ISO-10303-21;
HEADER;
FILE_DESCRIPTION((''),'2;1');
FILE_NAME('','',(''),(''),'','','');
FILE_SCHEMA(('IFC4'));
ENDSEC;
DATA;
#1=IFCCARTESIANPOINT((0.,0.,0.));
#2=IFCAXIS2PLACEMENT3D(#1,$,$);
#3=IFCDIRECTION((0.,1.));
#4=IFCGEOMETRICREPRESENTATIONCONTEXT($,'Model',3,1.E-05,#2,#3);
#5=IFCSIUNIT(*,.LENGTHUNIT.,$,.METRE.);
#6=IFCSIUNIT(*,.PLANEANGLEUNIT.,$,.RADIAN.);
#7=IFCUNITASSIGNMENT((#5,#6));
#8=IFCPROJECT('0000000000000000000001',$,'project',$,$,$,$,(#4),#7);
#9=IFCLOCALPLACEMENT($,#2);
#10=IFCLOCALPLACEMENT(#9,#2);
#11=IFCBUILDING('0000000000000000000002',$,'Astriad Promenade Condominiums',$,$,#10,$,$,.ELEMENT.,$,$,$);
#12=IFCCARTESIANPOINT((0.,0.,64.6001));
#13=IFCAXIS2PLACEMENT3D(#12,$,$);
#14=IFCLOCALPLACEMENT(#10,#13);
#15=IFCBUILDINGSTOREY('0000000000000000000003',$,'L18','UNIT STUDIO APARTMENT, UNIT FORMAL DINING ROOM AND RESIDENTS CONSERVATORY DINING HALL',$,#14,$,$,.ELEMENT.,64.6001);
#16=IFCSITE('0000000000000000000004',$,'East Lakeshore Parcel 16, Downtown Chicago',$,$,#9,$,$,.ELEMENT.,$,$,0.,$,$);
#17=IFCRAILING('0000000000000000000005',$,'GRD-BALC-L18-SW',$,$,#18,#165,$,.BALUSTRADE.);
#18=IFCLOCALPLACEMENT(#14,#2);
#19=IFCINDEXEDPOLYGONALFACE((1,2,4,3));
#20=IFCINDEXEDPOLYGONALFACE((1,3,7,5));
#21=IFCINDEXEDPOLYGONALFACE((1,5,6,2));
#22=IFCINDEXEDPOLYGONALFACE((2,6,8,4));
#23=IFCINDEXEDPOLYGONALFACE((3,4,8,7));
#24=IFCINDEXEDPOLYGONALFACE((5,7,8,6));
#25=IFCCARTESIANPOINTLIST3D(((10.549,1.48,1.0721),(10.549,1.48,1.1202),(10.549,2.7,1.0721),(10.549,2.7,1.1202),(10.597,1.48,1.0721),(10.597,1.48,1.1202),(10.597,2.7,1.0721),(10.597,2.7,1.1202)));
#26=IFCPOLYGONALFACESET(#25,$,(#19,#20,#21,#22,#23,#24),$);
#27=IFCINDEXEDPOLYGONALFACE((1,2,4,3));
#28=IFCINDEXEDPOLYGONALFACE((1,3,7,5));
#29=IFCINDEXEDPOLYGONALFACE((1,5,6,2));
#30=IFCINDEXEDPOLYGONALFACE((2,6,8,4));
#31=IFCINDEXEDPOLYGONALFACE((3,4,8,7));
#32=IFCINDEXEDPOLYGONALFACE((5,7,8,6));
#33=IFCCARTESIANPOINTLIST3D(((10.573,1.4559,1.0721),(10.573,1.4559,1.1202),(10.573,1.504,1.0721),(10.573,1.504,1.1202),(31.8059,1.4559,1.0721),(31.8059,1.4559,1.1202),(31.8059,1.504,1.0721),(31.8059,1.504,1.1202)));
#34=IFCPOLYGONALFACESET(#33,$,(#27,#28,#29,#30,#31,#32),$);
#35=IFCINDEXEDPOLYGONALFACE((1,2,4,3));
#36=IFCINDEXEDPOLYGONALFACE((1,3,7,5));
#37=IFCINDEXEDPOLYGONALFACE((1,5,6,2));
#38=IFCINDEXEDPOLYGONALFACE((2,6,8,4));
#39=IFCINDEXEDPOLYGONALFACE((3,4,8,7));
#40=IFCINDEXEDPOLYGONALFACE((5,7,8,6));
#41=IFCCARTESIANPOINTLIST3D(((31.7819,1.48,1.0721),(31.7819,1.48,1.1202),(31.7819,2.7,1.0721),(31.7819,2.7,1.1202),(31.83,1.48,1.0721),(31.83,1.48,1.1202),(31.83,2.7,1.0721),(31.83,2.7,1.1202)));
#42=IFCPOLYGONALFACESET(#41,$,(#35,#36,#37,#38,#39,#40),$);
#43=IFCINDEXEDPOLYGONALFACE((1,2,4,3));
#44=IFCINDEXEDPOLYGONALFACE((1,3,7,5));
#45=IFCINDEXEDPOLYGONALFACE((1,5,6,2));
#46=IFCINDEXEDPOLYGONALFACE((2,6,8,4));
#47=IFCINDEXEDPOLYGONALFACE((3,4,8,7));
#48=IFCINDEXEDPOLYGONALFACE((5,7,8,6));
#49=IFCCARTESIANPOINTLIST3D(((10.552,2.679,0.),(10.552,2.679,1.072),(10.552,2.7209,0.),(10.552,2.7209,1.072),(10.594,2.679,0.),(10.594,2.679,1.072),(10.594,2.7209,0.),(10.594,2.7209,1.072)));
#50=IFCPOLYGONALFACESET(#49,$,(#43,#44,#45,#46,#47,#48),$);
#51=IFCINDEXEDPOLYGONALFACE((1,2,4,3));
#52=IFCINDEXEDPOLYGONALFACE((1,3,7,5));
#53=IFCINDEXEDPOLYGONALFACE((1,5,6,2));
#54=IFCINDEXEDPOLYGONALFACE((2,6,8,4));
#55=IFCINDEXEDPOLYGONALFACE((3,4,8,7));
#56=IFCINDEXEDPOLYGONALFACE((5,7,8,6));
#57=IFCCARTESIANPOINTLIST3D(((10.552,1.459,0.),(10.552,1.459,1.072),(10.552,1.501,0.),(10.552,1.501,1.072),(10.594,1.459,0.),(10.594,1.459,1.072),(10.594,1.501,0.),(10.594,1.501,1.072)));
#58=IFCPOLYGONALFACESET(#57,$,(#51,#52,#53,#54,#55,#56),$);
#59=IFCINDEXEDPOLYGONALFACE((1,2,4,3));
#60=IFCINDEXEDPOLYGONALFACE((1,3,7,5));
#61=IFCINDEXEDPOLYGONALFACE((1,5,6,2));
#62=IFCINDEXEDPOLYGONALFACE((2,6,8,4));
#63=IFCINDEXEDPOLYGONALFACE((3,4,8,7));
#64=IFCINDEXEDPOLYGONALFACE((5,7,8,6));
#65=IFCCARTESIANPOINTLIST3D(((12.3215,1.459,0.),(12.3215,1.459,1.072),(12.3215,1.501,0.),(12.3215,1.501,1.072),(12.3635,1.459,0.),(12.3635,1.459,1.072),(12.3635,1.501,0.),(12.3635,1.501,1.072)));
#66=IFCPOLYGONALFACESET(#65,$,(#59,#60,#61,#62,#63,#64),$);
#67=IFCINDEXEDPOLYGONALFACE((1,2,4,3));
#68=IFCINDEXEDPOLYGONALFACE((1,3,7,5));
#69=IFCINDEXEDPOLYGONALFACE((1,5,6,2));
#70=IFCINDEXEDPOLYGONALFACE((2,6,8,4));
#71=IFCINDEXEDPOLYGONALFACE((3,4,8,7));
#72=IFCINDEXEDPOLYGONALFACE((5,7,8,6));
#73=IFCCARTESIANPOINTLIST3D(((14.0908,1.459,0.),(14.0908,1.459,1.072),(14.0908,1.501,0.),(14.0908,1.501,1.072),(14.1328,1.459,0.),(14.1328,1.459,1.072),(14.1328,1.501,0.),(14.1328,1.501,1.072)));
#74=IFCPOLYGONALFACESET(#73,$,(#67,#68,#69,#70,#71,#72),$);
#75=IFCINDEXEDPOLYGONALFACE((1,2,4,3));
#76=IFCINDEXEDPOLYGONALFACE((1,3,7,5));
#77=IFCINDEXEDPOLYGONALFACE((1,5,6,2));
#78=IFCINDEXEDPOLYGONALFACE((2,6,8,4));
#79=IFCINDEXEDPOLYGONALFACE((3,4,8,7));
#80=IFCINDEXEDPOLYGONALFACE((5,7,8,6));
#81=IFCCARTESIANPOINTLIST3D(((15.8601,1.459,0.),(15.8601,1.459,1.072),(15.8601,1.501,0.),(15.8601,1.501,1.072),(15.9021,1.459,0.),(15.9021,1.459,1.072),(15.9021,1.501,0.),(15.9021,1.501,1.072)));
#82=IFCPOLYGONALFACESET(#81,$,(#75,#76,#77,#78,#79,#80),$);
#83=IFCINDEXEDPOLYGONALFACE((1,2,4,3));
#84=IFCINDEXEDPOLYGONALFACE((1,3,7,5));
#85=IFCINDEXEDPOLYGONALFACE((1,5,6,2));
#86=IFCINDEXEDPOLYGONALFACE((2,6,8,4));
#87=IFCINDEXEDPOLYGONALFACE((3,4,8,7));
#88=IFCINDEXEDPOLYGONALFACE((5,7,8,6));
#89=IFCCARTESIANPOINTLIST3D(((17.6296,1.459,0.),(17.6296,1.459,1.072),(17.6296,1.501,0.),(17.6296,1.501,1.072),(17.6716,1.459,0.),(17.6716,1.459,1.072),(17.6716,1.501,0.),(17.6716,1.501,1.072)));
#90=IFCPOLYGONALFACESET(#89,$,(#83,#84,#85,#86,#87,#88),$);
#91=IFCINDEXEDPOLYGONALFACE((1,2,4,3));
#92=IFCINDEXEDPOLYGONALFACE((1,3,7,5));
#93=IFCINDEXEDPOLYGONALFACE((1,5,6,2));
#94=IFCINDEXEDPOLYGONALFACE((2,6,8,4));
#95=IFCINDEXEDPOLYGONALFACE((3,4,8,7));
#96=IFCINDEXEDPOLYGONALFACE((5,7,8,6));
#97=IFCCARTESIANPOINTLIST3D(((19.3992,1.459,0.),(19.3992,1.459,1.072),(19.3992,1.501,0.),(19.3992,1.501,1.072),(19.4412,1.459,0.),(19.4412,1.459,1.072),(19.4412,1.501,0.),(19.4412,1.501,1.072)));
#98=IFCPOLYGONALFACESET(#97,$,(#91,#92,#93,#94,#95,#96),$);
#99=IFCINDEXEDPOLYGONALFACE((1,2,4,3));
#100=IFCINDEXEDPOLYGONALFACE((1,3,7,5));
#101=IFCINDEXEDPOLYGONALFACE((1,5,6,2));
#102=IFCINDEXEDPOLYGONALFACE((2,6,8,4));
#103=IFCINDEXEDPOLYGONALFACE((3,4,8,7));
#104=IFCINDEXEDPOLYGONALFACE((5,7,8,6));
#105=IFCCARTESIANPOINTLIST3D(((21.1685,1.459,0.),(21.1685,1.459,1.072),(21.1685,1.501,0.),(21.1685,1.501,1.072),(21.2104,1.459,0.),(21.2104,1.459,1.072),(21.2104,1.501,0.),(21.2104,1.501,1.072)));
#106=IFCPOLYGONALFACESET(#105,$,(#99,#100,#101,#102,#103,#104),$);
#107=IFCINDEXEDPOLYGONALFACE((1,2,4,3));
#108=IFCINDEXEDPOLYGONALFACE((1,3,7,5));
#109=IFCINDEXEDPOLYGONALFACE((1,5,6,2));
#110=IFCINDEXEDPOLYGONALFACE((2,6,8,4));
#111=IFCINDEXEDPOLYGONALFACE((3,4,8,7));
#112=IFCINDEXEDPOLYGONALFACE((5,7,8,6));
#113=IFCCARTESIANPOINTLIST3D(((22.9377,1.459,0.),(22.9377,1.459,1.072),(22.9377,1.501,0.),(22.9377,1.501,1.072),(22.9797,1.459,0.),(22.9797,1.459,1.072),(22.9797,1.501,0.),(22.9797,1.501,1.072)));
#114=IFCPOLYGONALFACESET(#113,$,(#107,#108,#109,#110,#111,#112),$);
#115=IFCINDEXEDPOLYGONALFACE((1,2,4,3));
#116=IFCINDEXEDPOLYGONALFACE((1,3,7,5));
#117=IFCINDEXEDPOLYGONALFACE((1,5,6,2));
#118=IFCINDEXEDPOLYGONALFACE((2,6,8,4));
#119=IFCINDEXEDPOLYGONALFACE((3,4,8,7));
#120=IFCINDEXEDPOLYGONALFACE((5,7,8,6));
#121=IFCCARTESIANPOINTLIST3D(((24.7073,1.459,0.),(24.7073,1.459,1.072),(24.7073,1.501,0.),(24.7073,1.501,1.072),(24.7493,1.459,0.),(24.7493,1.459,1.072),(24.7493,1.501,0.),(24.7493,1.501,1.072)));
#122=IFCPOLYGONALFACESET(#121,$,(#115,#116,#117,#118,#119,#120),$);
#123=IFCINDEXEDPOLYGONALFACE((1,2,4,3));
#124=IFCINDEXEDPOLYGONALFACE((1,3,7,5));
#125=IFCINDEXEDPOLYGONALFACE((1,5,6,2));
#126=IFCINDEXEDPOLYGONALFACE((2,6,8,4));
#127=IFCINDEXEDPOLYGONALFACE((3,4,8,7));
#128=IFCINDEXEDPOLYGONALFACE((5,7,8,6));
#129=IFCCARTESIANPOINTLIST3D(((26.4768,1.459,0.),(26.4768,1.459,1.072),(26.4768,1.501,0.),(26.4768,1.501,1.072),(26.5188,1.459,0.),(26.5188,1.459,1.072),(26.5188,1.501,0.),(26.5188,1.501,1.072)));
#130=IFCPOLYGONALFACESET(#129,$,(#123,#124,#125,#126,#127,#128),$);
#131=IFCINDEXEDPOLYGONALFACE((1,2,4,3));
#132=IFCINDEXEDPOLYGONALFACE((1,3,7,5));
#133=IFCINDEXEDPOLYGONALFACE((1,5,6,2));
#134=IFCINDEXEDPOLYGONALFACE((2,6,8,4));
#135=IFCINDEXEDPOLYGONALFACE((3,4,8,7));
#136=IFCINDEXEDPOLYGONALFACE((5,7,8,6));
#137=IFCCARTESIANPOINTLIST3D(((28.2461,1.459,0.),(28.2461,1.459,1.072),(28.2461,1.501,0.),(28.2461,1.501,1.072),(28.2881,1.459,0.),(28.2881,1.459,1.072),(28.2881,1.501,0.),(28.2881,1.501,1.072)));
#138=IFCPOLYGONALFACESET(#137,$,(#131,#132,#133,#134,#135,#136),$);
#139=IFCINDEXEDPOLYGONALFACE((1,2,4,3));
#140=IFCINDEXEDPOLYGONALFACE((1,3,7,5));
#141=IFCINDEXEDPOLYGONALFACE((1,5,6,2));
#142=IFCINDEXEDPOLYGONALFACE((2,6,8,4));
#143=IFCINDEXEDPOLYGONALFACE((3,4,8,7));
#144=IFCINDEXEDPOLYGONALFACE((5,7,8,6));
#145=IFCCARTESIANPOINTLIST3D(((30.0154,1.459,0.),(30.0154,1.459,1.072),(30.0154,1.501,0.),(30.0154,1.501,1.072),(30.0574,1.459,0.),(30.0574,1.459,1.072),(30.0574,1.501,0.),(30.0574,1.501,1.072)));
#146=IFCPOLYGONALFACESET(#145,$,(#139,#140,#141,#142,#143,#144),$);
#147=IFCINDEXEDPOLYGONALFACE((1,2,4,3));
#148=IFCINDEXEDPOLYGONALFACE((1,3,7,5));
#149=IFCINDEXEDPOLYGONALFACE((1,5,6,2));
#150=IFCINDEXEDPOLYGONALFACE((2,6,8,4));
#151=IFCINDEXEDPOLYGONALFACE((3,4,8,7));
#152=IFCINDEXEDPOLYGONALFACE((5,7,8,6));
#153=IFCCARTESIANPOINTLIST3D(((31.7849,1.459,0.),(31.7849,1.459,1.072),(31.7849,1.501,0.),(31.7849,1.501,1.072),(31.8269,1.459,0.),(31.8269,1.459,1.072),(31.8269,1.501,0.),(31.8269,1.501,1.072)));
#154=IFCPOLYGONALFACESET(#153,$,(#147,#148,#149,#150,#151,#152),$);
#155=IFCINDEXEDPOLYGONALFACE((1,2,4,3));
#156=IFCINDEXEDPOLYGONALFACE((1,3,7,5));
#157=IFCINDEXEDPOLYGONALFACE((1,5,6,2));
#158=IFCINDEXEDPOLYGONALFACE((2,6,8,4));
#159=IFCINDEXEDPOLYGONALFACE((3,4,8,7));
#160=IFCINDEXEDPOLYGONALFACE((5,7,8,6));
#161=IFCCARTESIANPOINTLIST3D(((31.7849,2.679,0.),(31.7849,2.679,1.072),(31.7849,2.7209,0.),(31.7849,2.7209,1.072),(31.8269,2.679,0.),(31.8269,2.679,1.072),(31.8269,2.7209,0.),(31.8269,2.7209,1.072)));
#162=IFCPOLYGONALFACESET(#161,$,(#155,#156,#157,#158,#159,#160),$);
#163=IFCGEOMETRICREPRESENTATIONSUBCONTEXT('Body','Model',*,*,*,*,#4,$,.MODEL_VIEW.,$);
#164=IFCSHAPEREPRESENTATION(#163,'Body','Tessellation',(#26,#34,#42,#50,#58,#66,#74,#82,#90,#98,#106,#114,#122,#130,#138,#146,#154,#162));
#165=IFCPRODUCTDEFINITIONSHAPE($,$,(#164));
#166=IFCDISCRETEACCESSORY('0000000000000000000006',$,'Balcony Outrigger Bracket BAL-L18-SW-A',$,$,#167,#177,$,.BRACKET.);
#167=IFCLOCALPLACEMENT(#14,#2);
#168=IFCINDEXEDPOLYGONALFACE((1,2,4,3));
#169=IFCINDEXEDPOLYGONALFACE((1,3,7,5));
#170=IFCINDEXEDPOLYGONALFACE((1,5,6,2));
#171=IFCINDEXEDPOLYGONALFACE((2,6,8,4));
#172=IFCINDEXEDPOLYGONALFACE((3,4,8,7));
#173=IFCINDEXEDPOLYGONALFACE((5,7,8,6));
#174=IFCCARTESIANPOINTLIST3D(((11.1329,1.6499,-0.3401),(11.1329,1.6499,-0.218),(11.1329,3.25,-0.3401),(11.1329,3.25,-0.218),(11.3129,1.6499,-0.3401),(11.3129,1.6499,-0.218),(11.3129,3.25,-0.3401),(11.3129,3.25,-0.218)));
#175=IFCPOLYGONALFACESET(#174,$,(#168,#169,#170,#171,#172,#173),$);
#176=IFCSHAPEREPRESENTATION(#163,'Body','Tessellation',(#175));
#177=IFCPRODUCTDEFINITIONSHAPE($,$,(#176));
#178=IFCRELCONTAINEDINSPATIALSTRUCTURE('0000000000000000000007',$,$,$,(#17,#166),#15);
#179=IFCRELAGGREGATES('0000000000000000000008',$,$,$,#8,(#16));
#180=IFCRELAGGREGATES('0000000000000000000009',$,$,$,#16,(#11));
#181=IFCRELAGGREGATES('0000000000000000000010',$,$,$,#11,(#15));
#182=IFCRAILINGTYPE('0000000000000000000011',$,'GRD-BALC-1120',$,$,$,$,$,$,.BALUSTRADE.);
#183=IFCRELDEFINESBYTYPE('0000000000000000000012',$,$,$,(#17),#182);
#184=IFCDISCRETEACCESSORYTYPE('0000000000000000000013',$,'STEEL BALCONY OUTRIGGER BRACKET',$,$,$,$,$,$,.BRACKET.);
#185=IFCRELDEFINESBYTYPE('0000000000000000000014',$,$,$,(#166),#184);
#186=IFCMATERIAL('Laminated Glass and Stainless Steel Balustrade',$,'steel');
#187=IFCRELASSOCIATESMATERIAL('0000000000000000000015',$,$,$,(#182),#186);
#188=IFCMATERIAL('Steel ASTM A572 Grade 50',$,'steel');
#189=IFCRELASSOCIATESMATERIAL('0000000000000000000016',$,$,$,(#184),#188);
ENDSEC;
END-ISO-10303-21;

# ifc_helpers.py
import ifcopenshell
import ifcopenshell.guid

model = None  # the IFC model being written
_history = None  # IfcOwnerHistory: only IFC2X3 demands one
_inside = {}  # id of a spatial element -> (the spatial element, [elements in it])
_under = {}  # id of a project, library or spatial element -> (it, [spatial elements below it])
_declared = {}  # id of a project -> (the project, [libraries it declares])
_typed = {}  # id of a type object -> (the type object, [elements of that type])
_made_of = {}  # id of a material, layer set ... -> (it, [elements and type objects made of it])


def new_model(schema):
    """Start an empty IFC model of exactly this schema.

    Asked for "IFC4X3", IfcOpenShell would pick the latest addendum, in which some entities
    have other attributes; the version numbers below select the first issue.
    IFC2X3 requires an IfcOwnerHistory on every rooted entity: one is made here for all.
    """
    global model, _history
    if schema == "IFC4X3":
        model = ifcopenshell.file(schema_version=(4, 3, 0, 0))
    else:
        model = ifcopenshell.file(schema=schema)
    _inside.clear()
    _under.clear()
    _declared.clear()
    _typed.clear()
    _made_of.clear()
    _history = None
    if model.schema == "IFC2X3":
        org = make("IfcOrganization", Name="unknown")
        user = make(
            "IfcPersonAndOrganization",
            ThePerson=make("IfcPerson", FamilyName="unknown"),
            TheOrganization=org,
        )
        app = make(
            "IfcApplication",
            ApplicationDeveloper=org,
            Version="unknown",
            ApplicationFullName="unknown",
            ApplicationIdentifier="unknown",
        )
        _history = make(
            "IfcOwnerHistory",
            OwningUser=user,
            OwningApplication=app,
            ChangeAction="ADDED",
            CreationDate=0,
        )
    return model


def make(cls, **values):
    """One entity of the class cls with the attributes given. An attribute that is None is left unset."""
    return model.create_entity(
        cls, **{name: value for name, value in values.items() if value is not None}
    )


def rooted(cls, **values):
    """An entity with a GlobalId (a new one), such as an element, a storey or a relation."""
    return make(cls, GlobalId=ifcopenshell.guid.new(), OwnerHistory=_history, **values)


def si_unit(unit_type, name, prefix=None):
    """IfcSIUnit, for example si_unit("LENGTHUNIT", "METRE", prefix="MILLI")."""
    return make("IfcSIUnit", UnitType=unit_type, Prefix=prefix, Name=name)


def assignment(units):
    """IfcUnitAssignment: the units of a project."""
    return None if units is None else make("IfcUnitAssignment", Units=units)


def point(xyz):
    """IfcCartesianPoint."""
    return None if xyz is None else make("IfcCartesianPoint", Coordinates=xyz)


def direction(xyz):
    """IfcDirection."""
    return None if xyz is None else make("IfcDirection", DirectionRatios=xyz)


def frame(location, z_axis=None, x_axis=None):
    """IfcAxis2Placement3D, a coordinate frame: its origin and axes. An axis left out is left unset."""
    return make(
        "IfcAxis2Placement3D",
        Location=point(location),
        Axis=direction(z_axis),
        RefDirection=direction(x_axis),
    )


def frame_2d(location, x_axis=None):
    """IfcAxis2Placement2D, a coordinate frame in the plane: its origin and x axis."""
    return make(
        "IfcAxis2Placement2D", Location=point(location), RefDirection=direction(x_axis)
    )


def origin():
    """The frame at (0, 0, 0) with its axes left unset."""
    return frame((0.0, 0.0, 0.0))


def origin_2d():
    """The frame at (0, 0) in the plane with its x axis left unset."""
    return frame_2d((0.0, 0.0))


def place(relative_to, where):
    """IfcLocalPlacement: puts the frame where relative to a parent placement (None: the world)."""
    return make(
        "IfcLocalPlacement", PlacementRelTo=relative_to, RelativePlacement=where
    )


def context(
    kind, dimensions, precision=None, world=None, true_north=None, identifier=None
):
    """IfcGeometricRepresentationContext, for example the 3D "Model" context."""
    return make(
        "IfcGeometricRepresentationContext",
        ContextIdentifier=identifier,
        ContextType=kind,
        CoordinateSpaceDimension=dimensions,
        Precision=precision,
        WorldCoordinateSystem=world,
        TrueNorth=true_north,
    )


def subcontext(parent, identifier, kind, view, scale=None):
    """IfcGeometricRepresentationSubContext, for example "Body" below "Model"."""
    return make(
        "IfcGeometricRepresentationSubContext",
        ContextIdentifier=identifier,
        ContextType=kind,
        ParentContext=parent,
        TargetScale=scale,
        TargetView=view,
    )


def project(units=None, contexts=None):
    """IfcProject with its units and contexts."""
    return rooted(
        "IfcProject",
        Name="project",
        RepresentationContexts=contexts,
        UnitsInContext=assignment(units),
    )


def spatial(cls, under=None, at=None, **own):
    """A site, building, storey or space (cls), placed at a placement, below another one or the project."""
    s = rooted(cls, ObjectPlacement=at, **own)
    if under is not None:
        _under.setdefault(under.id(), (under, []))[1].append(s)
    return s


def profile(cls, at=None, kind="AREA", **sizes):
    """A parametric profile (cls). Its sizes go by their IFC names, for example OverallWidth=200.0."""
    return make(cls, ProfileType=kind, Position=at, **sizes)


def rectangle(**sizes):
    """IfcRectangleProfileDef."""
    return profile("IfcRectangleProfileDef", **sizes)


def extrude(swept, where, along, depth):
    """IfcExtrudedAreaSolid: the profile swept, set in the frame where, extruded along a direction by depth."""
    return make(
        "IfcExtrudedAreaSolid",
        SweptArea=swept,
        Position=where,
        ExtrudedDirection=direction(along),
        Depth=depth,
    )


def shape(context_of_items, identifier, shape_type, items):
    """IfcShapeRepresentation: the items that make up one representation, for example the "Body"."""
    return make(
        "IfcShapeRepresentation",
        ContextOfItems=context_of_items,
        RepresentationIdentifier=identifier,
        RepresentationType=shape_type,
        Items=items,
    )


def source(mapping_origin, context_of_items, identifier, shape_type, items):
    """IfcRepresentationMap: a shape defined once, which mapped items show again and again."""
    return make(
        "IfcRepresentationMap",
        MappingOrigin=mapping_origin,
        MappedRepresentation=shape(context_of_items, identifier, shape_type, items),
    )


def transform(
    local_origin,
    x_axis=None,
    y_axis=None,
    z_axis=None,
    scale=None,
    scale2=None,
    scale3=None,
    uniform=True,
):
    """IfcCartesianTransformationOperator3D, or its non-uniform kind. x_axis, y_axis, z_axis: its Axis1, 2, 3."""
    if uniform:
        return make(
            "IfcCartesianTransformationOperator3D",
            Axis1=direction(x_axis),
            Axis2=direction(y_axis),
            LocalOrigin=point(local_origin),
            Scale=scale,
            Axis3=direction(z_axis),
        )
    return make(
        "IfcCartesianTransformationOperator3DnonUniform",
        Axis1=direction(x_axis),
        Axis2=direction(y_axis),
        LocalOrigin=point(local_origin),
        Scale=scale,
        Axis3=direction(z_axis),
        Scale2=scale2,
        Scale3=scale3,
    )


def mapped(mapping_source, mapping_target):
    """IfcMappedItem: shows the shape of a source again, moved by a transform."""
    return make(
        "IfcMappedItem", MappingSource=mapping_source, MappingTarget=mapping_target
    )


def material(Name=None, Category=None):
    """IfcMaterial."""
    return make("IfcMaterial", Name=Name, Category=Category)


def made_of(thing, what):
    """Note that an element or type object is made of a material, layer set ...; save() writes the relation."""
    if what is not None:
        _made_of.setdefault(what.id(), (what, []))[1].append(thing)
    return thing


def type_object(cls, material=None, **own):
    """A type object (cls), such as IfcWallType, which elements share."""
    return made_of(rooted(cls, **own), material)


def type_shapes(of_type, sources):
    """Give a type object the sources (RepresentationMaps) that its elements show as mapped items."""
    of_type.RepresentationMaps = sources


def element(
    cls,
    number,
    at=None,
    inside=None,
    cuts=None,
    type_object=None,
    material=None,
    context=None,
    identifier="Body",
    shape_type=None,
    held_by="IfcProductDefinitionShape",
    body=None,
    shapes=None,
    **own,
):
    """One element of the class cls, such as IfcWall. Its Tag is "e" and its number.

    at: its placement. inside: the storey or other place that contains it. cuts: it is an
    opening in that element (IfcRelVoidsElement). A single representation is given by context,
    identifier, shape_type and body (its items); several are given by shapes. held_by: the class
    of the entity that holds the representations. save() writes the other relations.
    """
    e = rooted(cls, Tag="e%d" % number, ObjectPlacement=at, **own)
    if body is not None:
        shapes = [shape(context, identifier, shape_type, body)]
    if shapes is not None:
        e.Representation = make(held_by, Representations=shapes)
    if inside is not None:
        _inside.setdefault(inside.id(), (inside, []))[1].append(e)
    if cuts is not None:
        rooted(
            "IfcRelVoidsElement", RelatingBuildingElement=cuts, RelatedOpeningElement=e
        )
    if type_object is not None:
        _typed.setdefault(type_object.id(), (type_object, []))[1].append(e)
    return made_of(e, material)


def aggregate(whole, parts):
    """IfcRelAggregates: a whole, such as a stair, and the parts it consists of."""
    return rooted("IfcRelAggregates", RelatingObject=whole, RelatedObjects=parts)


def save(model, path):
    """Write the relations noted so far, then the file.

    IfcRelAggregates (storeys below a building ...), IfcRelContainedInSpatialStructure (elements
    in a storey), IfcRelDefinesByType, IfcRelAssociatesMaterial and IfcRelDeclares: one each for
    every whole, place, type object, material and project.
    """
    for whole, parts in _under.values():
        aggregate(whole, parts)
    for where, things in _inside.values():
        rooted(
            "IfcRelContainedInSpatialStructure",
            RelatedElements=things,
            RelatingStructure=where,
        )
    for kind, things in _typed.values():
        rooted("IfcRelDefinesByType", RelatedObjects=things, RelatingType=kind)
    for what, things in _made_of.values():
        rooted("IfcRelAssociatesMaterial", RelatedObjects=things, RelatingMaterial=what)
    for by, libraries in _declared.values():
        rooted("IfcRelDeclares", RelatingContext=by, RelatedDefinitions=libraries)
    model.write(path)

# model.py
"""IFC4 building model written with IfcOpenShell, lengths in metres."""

from ifc_helpers import new_model, si_unit, direction, frame, origin, origin_2d, place, context, subcontext, project, spatial, rectangle, extrude, source, transform, mapped, material, type_object, type_shapes, element, save


model = new_model("IFC4")

# Units and contexts
model_context = context("Model", 3, precision=1e-05, world=origin(), true_north=direction((0.0, 1.0)))
body_context = subcontext(model_context, "Body", "Model", "MODEL_VIEW")
ifc_project = project(units=[si_unit("LENGTHUNIT", "METRE"), si_unit("PLANEANGLEUNIT", "RADIAN")], contexts=[model_context])

# Site, building, storey
site_placement = place(None, origin())
site = spatial("IfcSite", under=ifc_project, at=site_placement, Name="East Lakeshore Parcel 16, Downtown Chicago", CompositionType="ELEMENT", RefElevation=0.0)
building_placement = place(site_placement, origin())
building = spatial("IfcBuilding", under=site, at=building_placement, Name="Astriad Promenade Condominiums", CompositionType="ELEMENT")
storey_placement = place(building_placement, frame((0.0, 0.0, 64.6001)))
storey = spatial("IfcBuildingStorey", under=building, at=storey_placement, Name="L18", Description="UNIT STUDIO APARTMENT, UNIT FORMAL DINING ROOM AND RESIDENTS CONSERVATORY DINING HALL", CompositionType="ELEMENT", Elevation=64.6001)

# Railing
ifc_material_1 = material(Name="Laminated Glass and Stainless Steel Balustrade", Category="steel")
railing_type = type_object("IfcRailingType", Name="GRD-BALC-1120", PredefinedType="BALUSTRADE", material=ifc_material_1)
shared_shape_1 = source(origin(), body_context, "Body", "SweptSolid", [
    extrude(rectangle(XDim=0.0481, YDim=0.0481, at=origin_2d()), frame((0.0, 0.0, 1.0962), z_axis=(0.0, -1.0, 0.0), x_axis=(1.0, 0.0, 0.0)), (0.0, 0.0, 1.0), 1.22),
    extrude(rectangle(XDim=0.0481, YDim=0.0481, at=origin_2d()), frame((0.0, -1.22, 1.0962), z_axis=(1.0, 0.0, 0.0), x_axis=(0.0, 1.0, 0.0)), (0.0, 0.0, 1.0), 21.2329),
    extrude(rectangle(XDim=0.0481, YDim=0.0481, at=origin_2d()), frame((21.2329, -1.22, 1.0962), z_axis=(0.0, 1.0, 0.0), x_axis=(-1.0, 0.0, 0.0)), (0.0, 0.0, 1.0), 1.22),
    extrude(rectangle(XDim=0.042, YDim=0.042, at=origin_2d()), origin(), (0.0, 0.0, 1.0), 1.072),
    extrude(rectangle(XDim=0.042, YDim=0.042, at=origin_2d()), frame((0.0, -1.22, 0.0)), (0.0, 0.0, 1.0), 1.072),
    extrude(rectangle(XDim=0.042, YDim=0.042, at=origin_2d()), frame((1.7695, -1.22, 0.0)), (0.0, 0.0, 1.0), 1.072),
    extrude(rectangle(XDim=0.042, YDim=0.042, at=origin_2d()), frame((3.5388, -1.22, 0.0)), (0.0, 0.0, 1.0), 1.072),
    extrude(rectangle(XDim=0.042, YDim=0.042, at=origin_2d()), frame((5.3081, -1.22, 0.0)), (0.0, 0.0, 1.0), 1.072),
    extrude(rectangle(XDim=0.042, YDim=0.042, at=origin_2d()), frame((7.0776, -1.22, 0.0)), (0.0, 0.0, 1.0), 1.072),
    extrude(rectangle(XDim=0.042, YDim=0.042, at=origin_2d()), frame((8.8472, -1.22, 0.0)), (0.0, 0.0, 1.0), 1.072),
    extrude(rectangle(XDim=0.042, YDim=0.042, at=origin_2d()), frame((10.6165, -1.22, 0.0)), (0.0, 0.0, 1.0), 1.072),
    extrude(rectangle(XDim=0.042, YDim=0.042, at=origin_2d()), frame((12.3857, -1.22, 0.0)), (0.0, 0.0, 1.0), 1.072),
    extrude(rectangle(XDim=0.042, YDim=0.042, at=origin_2d()), frame((14.1553, -1.22, 0.0)), (0.0, 0.0, 1.0), 1.072),
    extrude(rectangle(XDim=0.042, YDim=0.042, at=origin_2d()), frame((15.9248, -1.22, 0.0)), (0.0, 0.0, 1.0), 1.072),
    extrude(rectangle(XDim=0.042, YDim=0.042, at=origin_2d()), frame((17.6941, -1.22, 0.0)), (0.0, 0.0, 1.0), 1.072),
    extrude(rectangle(XDim=0.042, YDim=0.042, at=origin_2d()), frame((19.4634, -1.22, 0.0)), (0.0, 0.0, 1.0), 1.072),
    extrude(rectangle(XDim=0.042, YDim=0.042, at=origin_2d()), frame((21.2329, -1.22, 0.0)), (0.0, 0.0, 1.0), 1.072),
    extrude(rectangle(XDim=0.042, YDim=0.042, at=origin_2d()), frame((21.2329, 0.0, 0.0)), (0.0, 0.0, 1.0), 1.072),
])
type_shapes(railing_type, [shared_shape_1])
railing_placement = place(storey_placement, frame((10.573, 2.7, 0.0)))
element("IfcRailing", 1, at=railing_placement, inside=storey, type_object=railing_type, Name="GRD-BALC-L18-SW", PredefinedType="BALUSTRADE", context=body_context, shape_type="MappedRepresentation", body=[
    mapped(shared_shape_1, transform((0.0, 0.0, 0.0), scale=1.0)),
])

# Discrete accessory
ifc_material_2 = material(Name="Steel ASTM A572 Grade 50", Category="steel")
discrete_accessory_type = type_object("IfcDiscreteAccessoryType", Name="STEEL BALCONY OUTRIGGER BRACKET", PredefinedType="BRACKET", material=ifc_material_2)
shared_shape_2 = source(origin(), body_context, "Body", "SweptSolid", [
    extrude(rectangle(XDim=1.6001, YDim=0.1799, at=origin_2d()), origin(), (0.0, 0.0, 1.0), 0.1221),
])
type_shapes(discrete_accessory_type, [shared_shape_2])
discrete_accessory_placement = place(storey_placement, frame((11.2229, 2.45, -0.3401), z_axis=(0.0, 0.0, 1.0), x_axis=(0.0, -1.0, 0.0)))
element("IfcDiscreteAccessory", 2, at=discrete_accessory_placement, inside=storey, type_object=discrete_accessory_type, Name="Balcony Outrigger Bracket BAL-L18-SW-A", PredefinedType="BRACKET", context=body_context, shape_type="MappedRepresentation", body=[
    mapped(shared_shape_2, transform((0.0, 0.0, 0.0), scale=1.0)),
])

save(model, "model.ifc")
